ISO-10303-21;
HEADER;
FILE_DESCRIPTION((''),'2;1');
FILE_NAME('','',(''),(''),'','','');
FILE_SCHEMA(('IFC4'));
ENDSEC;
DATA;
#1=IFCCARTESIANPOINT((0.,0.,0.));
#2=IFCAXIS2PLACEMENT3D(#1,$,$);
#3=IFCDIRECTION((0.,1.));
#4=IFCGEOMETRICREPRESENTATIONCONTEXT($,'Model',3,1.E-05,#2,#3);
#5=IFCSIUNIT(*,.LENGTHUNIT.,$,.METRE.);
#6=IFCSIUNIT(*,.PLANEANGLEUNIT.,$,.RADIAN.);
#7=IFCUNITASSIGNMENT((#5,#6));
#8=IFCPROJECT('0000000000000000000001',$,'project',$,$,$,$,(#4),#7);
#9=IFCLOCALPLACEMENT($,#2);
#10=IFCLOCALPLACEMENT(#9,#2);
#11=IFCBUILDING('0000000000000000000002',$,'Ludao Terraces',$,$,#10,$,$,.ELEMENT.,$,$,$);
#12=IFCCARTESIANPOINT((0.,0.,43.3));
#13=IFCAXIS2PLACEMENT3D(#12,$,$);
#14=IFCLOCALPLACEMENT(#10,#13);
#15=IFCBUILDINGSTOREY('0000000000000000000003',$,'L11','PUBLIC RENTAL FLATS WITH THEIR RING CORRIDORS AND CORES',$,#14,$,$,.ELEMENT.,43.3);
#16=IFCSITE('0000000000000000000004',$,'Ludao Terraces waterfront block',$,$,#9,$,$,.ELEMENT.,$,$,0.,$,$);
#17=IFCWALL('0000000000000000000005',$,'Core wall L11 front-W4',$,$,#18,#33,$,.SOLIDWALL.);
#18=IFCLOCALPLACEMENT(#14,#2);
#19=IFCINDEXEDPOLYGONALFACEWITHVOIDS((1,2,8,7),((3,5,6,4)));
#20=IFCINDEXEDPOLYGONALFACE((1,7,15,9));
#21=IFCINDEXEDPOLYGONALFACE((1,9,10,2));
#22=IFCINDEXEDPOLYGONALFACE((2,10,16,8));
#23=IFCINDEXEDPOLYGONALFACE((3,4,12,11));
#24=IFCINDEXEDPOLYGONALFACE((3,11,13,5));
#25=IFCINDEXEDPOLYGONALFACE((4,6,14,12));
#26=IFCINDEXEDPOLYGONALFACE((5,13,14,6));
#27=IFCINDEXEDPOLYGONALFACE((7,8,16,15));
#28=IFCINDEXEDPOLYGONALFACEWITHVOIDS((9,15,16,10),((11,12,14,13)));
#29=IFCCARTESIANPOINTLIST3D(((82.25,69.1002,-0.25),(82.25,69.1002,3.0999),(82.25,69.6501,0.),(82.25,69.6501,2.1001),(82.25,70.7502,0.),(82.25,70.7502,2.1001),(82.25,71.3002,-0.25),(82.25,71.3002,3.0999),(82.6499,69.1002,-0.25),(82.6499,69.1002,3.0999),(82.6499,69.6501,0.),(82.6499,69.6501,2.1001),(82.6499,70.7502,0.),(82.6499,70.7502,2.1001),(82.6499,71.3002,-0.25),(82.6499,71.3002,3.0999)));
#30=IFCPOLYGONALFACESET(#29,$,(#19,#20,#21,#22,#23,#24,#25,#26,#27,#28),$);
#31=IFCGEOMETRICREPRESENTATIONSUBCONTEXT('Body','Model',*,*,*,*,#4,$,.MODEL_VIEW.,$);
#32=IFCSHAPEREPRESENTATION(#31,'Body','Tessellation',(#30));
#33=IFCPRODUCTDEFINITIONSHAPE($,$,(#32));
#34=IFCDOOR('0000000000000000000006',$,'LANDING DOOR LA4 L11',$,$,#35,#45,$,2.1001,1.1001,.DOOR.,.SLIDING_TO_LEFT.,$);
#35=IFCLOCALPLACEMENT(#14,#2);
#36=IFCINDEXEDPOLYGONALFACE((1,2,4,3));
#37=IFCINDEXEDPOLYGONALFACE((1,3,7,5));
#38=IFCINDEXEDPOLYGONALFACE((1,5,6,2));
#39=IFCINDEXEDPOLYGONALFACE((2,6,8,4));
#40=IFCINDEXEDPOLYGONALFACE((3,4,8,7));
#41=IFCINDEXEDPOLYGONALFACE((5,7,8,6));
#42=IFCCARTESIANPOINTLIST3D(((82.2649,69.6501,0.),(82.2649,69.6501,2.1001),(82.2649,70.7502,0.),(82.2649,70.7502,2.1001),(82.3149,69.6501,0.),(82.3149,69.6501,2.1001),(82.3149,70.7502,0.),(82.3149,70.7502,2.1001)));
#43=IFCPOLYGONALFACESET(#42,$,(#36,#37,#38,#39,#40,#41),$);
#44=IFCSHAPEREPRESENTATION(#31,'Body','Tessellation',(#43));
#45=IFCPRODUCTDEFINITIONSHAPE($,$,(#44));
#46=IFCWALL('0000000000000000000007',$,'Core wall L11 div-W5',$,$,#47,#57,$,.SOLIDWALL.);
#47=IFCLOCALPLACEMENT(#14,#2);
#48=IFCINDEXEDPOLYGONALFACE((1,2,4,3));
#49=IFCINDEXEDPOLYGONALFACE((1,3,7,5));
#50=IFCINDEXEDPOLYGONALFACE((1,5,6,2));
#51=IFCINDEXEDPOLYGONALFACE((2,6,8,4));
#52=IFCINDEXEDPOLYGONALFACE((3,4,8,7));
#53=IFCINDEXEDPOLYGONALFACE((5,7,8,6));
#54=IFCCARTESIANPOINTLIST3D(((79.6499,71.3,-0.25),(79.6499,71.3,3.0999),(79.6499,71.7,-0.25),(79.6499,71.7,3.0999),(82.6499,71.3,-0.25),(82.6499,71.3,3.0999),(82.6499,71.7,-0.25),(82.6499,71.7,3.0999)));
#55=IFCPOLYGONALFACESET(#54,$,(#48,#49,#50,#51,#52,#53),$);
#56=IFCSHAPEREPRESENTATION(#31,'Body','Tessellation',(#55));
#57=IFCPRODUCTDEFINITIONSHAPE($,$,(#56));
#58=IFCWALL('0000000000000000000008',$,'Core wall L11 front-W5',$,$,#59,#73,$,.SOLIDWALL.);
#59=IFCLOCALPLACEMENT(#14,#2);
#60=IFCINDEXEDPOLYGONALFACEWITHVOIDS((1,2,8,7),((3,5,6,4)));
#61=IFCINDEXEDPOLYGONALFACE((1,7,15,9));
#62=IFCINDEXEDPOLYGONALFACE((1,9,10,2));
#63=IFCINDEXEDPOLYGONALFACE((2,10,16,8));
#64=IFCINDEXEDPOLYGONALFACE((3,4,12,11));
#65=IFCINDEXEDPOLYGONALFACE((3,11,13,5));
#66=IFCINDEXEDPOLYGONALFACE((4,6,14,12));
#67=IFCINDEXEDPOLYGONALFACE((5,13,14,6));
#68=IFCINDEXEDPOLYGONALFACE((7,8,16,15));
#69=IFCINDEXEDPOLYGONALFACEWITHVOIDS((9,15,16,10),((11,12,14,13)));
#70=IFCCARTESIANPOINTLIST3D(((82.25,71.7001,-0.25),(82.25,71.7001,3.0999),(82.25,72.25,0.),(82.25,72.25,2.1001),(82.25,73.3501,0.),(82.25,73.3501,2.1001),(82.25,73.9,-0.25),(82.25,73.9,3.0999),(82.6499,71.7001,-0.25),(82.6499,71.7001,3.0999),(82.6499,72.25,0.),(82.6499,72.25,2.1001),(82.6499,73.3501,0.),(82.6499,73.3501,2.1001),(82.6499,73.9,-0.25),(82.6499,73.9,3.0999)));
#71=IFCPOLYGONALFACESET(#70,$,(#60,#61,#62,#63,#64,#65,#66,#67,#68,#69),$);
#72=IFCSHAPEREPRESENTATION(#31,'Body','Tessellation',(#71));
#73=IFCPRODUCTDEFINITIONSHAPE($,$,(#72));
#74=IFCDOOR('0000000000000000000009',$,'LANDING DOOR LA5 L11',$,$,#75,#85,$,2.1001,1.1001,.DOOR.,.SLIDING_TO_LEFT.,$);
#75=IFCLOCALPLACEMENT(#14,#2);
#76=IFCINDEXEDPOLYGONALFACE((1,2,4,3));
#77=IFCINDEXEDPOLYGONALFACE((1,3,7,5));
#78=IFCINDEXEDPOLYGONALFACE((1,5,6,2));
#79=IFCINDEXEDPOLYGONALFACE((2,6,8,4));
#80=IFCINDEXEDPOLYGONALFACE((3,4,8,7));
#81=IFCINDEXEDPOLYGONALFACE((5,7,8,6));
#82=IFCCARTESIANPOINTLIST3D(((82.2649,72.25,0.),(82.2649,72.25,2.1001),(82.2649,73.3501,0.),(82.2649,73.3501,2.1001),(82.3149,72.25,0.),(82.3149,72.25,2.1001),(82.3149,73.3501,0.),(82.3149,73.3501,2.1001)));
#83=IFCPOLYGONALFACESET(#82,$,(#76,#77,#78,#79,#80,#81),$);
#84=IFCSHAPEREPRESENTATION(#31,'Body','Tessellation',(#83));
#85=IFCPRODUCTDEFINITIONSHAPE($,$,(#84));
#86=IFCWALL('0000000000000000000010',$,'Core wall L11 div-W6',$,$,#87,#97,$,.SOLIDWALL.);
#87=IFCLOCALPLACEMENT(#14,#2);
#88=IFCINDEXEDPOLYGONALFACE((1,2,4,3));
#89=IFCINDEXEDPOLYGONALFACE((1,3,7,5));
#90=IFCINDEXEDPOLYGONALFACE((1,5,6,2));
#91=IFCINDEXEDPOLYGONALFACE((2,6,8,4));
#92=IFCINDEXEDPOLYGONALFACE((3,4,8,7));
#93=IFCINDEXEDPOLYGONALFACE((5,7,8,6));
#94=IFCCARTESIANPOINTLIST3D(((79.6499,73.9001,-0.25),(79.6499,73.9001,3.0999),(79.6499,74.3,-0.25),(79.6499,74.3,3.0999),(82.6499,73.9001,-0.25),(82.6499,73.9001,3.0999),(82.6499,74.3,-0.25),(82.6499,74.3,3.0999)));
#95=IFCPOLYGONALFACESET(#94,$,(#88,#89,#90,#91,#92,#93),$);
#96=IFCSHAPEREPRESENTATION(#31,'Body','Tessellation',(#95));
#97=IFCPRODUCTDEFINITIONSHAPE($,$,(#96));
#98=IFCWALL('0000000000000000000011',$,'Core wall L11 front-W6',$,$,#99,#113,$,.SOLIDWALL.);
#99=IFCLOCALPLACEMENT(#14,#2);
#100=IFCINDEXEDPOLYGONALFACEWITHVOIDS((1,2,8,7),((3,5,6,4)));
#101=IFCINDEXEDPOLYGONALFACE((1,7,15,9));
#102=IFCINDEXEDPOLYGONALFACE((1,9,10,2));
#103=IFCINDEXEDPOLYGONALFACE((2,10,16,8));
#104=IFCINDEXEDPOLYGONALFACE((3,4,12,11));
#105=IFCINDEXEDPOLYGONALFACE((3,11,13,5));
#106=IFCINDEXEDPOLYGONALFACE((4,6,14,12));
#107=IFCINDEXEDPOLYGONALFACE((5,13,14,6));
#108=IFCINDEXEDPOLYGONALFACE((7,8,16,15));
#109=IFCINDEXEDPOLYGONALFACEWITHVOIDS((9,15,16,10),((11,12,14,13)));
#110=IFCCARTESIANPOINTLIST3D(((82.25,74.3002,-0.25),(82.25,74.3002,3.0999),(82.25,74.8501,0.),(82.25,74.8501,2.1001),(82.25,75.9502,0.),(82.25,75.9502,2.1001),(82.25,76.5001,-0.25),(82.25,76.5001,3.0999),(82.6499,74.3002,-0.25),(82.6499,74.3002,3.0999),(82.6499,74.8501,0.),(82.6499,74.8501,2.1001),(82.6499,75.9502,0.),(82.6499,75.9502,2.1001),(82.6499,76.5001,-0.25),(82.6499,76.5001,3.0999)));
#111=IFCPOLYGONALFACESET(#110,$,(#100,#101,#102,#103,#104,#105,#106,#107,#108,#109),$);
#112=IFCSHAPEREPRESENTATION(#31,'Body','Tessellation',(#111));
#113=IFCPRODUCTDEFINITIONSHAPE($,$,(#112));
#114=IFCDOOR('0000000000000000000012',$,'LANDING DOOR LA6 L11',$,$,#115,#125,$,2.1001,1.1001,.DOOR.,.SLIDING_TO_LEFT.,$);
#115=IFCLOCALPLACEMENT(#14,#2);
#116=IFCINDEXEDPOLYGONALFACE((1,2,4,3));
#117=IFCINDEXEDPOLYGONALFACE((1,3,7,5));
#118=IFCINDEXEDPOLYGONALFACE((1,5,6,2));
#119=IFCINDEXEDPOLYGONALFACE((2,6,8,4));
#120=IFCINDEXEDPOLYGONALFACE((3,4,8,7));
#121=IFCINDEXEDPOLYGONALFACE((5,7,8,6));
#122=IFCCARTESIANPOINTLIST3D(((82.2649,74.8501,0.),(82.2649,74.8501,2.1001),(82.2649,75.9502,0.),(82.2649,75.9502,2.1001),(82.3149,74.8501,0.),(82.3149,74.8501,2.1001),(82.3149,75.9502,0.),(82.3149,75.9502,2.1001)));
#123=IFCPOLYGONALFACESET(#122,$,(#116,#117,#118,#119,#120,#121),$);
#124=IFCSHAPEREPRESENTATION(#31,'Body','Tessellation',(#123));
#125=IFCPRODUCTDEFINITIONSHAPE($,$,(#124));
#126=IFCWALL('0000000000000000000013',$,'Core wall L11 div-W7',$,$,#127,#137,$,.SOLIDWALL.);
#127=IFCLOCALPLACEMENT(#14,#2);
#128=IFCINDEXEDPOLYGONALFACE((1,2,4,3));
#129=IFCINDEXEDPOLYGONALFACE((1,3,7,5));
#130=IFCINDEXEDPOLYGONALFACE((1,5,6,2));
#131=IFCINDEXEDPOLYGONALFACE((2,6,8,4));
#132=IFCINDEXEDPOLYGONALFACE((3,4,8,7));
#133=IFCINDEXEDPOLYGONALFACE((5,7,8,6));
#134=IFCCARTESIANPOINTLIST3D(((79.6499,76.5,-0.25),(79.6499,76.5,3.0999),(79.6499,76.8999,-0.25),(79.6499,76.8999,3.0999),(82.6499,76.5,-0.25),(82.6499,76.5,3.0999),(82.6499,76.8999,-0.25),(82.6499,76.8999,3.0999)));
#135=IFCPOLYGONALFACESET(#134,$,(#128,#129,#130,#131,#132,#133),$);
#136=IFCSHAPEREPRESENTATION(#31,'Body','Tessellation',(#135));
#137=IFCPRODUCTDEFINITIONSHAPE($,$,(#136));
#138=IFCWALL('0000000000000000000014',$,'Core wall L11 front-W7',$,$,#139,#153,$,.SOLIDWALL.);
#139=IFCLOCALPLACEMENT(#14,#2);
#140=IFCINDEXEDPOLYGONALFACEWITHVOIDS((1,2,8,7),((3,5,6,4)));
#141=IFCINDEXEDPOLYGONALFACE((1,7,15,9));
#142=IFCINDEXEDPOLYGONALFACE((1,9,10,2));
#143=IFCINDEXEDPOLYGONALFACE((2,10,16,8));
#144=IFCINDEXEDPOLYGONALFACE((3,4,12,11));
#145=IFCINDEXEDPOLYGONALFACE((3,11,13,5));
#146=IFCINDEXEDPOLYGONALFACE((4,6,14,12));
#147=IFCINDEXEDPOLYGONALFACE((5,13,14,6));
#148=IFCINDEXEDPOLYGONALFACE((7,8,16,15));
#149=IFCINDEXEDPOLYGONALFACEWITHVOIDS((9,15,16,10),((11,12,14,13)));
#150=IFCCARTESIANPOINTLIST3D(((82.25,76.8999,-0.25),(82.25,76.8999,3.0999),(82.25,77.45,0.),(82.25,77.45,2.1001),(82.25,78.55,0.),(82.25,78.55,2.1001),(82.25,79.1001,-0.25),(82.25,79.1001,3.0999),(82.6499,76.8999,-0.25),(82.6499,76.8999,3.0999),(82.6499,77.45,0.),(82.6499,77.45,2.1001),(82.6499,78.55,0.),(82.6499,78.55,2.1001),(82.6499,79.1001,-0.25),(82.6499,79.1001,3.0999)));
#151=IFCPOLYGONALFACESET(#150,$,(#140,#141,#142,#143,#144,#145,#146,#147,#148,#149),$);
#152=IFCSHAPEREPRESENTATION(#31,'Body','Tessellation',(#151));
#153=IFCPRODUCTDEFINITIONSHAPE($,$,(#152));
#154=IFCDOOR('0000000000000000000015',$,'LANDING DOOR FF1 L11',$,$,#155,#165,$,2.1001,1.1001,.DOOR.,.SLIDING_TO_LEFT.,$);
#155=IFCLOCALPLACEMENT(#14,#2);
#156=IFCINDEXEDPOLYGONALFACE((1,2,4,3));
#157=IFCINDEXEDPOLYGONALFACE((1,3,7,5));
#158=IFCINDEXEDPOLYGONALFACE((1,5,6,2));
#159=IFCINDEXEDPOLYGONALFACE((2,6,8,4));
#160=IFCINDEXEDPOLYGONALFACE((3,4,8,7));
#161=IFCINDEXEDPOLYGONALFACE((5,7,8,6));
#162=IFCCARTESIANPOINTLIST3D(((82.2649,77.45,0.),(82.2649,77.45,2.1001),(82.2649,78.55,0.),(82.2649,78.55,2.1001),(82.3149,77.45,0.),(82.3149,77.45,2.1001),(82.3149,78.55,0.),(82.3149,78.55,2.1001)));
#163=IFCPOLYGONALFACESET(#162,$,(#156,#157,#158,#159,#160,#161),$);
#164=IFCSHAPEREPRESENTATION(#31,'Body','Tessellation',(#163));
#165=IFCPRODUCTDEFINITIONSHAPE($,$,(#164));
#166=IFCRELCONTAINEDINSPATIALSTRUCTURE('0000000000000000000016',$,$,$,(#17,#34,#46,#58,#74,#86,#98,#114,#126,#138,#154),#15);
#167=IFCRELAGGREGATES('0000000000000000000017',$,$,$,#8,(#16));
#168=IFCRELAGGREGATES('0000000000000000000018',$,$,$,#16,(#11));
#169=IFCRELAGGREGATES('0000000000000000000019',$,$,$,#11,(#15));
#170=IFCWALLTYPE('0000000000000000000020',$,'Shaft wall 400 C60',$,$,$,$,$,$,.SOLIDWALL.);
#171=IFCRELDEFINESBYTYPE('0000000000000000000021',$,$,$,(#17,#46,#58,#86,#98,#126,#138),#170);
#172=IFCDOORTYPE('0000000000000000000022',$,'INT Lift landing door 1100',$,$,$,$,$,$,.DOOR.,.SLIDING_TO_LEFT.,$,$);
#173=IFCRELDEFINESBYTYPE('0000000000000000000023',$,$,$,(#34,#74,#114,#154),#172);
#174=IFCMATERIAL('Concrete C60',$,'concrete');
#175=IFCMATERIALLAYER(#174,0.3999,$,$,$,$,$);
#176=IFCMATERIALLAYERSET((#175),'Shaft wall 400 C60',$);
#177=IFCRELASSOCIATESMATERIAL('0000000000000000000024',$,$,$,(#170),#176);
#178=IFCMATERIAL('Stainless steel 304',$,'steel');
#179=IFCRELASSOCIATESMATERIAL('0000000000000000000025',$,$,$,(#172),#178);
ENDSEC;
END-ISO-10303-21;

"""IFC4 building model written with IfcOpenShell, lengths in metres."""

from ifc_helpers import new_model, si_unit, direction, frame, frame_2d, origin, place, context, subcontext, project, spatial, rectangle, extrude, material, layer, layer_set, type_object, element, fill, save


model = new_model("IFC4")

# Units and contexts
model_context = context("Model", 3, precision=1e-05, world=origin(), true_north=direction((0.0, 1.0)))
body_context = subcontext(model_context, "Body", "Model", "MODEL_VIEW")
ifc_project = project(units=[si_unit("LENGTHUNIT", "METRE"), si_unit("PLANEANGLEUNIT", "RADIAN")], contexts=[model_context])

# Site, building, storey
site_placement = place(None, origin())
site = spatial("IfcSite", under=ifc_project, at=site_placement, Name="Ludao Terraces waterfront block", CompositionType="ELEMENT", RefElevation=0.0)
building_placement = place(site_placement, origin())
building = spatial("IfcBuilding", under=site, at=building_placement, Name="Ludao Terraces", CompositionType="ELEMENT")
storey_placement = place(building_placement, frame((0.0, 0.0, 43.3)))
storey = spatial("IfcBuildingStorey", under=building, at=storey_placement, Name="L11", Description="PUBLIC RENTAL FLATS WITH THEIR RING CORRIDORS AND CORES", CompositionType="ELEMENT", Elevation=43.3)

# Shared definitions
ifc_material_1 = material(Name="Concrete C60", Category="concrete")
ifc_layer_1 = layer(ifc_material_1, 0.3999)
ifc_layer_set_1 = layer_set([ifc_layer_1], Name="Shaft wall 400 C60")
wall_type_1 = type_object("IfcWallType", Name="Shaft wall 400 C60", PredefinedType="SOLIDWALL", material=ifc_layer_set_1)
ifc_material_2 = material(Name="Stainless steel 304", Category="steel")
door_type_1 = type_object("IfcDoorType", Name="INT Lift landing door 1100", OperationType="SLIDING_TO_LEFT", PredefinedType="DOOR", material=ifc_material_2)

# Wall, opening, door
wall_1_placement = place(storey_placement, frame((82.45, 69.1001, -0.25), z_axis=(0.0, 0.0, 1.0), x_axis=(0.0, 1.0, 0.0)))
wall_1 = element("IfcWall", 1, at=wall_1_placement, inside=storey, type_object=wall_type_1, Name="Core wall L11 front-W4", PredefinedType="SOLIDWALL", context=body_context, shape_type="SweptSolid", body=[
    extrude(rectangle(XDim=2.2, YDim=0.3999, at=frame_2d((1.1001, 0.0))), origin(), (0.0, 0.0, 1.0), 3.3499),
])
opening_1_placement = place(wall_1_placement, frame((0.55, 0.0, 0.25)))
opening_1 = element("IfcOpeningElement", 2, at=opening_1_placement, cuts=wall_1, PredefinedType="OPENING", context=body_context, shape_type="SweptSolid", body=[
    extrude(rectangle(XDim=1.1001, YDim=2.1001, at=frame_2d((0.55, 1.05))), frame((0.0, 0.21, 0.0), z_axis=(0.0, -1.0, 0.0), x_axis=(1.0, 0.0, 0.0)), (0.0, 0.0, 1.0), 0.4199),
])
door_1_placement = place(opening_1_placement, origin())
door_1 = element("IfcDoor", 3, at=door_1_placement, inside=storey, type_object=door_type_1, Name="LANDING DOOR LA4 L11", OperationType="SLIDING_TO_LEFT", OverallHeight=2.1001, OverallWidth=1.1001, PredefinedType="DOOR", context=body_context, shape_type="SweptSolid", body=[
    extrude(rectangle(XDim=1.1001, YDim=2.1001, at=frame_2d((0.55, 1.05))), frame((0.0, 0.1851, 0.0), z_axis=(0.0, -1.0, 0.0), x_axis=(1.0, 0.0, 0.0)), (0.0, 0.0, 1.0), 0.05),
])
fill(opening_1, door_1)

# Wall
wall_2_placement = place(storey_placement, frame((79.6499, 71.5, -0.25), z_axis=(0.0, 0.0, 1.0), x_axis=(1.0, 0.0, 0.0)))
element("IfcWall", 4, at=wall_2_placement, inside=storey, type_object=wall_type_1, Name="Core wall L11 div-W5", PredefinedType="SOLIDWALL", context=body_context, shape_type="SweptSolid", body=[
    extrude(rectangle(XDim=3.0, YDim=0.3999, at=frame_2d((1.5, 0.0))), origin(), (0.0, 0.0, 1.0), 3.3499),
])

# Wall, opening, door
wall_3_placement = place(storey_placement, frame((82.45, 71.7, -0.25), z_axis=(0.0, 0.0, 1.0), x_axis=(0.0, 1.0, 0.0)))
wall_3 = element("IfcWall", 5, at=wall_3_placement, inside=storey, type_object=wall_type_1, Name="Core wall L11 front-W5", PredefinedType="SOLIDWALL", context=body_context, shape_type="SweptSolid", body=[
    extrude(rectangle(XDim=2.2, YDim=0.3999, at=frame_2d((1.1001, 0.0))), origin(), (0.0, 0.0, 1.0), 3.3499),
])
opening_2_placement = place(wall_3_placement, frame((0.55, 0.0, 0.25)))
opening_2 = element("IfcOpeningElement", 6, at=opening_2_placement, cuts=wall_3, PredefinedType="OPENING", context=body_context, shape_type="SweptSolid", body=[
    extrude(rectangle(XDim=1.1001, YDim=2.1001, at=frame_2d((0.55, 1.05))), frame((0.0, 0.21, 0.0), z_axis=(0.0, -1.0, 0.0), x_axis=(1.0, 0.0, 0.0)), (0.0, 0.0, 1.0), 0.4199),
])
door_2_placement = place(opening_2_placement, origin())
door_2 = element("IfcDoor", 7, at=door_2_placement, inside=storey, type_object=door_type_1, Name="LANDING DOOR LA5 L11", OperationType="SLIDING_TO_LEFT", OverallHeight=2.1001, OverallWidth=1.1001, PredefinedType="DOOR", context=body_context, shape_type="SweptSolid", body=[
    extrude(rectangle(XDim=1.1001, YDim=2.1001, at=frame_2d((0.55, 1.05))), frame((0.0, 0.1851, 0.0), z_axis=(0.0, -1.0, 0.0), x_axis=(1.0, 0.0, 0.0)), (0.0, 0.0, 1.0), 0.05),
])
fill(opening_2, door_2)

# Wall
wall_4_placement = place(storey_placement, frame((79.6499, 74.1001, -0.25), z_axis=(0.0, 0.0, 1.0), x_axis=(1.0, 0.0, 0.0)))
element("IfcWall", 8, at=wall_4_placement, inside=storey, type_object=wall_type_1, Name="Core wall L11 div-W6", PredefinedType="SOLIDWALL", context=body_context, shape_type="SweptSolid", body=[
    extrude(rectangle(XDim=3.0, YDim=0.3999, at=frame_2d((1.5, 0.0))), origin(), (0.0, 0.0, 1.0), 3.3499),
])

# Wall, opening, door
wall_5_placement = place(storey_placement, frame((82.45, 74.3, -0.25), z_axis=(0.0, 0.0, 1.0), x_axis=(0.0, 1.0, 0.0)))
wall_5 = element("IfcWall", 9, at=wall_5_placement, inside=storey, type_object=wall_type_1, Name="Core wall L11 front-W6", PredefinedType="SOLIDWALL", context=body_context, shape_type="SweptSolid", body=[
    extrude(rectangle(XDim=2.2, YDim=0.3999, at=frame_2d((1.1001, 0.0))), origin(), (0.0, 0.0, 1.0), 3.3499),
])
opening_3_placement = place(wall_5_placement, frame((0.55, 0.0, 0.25)))
opening_3 = element("IfcOpeningElement", 10, at=opening_3_placement, cuts=wall_5, PredefinedType="OPENING", context=body_context, shape_type="SweptSolid", body=[
    extrude(rectangle(XDim=1.1001, YDim=2.1001, at=frame_2d((0.55, 1.05))), frame((0.0, 0.21, 0.0), z_axis=(0.0, -1.0, 0.0), x_axis=(1.0, 0.0, 0.0)), (0.0, 0.0, 1.0), 0.4199),
])
door_3_placement = place(opening_3_placement, origin())
door_3 = element("IfcDoor", 11, at=door_3_placement, inside=storey, type_object=door_type_1, Name="LANDING DOOR LA6 L11", OperationType="SLIDING_TO_LEFT", OverallHeight=2.1001, OverallWidth=1.1001, PredefinedType="DOOR", context=body_context, shape_type="SweptSolid", body=[
    extrude(rectangle(XDim=1.1001, YDim=2.1001, at=frame_2d((0.55, 1.05))), frame((0.0, 0.1851, 0.0), z_axis=(0.0, -1.0, 0.0), x_axis=(1.0, 0.0, 0.0)), (0.0, 0.0, 1.0), 0.05),
])
fill(opening_3, door_3)

# Wall
wall_6_placement = place(storey_placement, frame((79.6499, 76.7, -0.25), z_axis=(0.0, 0.0, 1.0), x_axis=(1.0, 0.0, 0.0)))
element("IfcWall", 12, at=wall_6_placement, inside=storey, type_object=wall_type_1, Name="Core wall L11 div-W7", PredefinedType="SOLIDWALL", context=body_context, shape_type="SweptSolid", body=[
    extrude(rectangle(XDim=3.0, YDim=0.3999, at=frame_2d((1.5, 0.0))), origin(), (0.0, 0.0, 1.0), 3.3499),
])

# Wall, opening, door
wall_7_placement = place(storey_placement, frame((82.45, 76.8999, -0.25), z_axis=(0.0, 0.0, 1.0), x_axis=(0.0, 1.0, 0.0)))
wall_7 = element("IfcWall", 13, at=wall_7_placement, inside=storey, type_object=wall_type_1, Name="Core wall L11 front-W7", PredefinedType="SOLIDWALL", context=body_context, shape_type="SweptSolid", body=[
    extrude(rectangle(XDim=2.2002, YDim=0.3999, at=frame_2d((1.1001, 0.0))), origin(), (0.0, 0.0, 1.0), 3.3499),
])
opening_4_placement = place(wall_7_placement, frame((0.55, 0.0, 0.25)))
opening_4 = element("IfcOpeningElement", 14, at=opening_4_placement, cuts=wall_7, PredefinedType="OPENING", context=body_context, shape_type="SweptSolid", body=[
    extrude(rectangle(XDim=1.1001, YDim=2.1001, at=frame_2d((0.55, 1.05))), frame((0.0, 0.21, 0.0), z_axis=(0.0, -1.0, 0.0), x_axis=(1.0, 0.0, 0.0)), (0.0, 0.0, 1.0), 0.4199),
])
door_4_placement = place(opening_4_placement, origin())
door_4 = element("IfcDoor", 15, at=door_4_placement, inside=storey, type_object=door_type_1, Name="LANDING DOOR FF1 L11", OperationType="SLIDING_TO_LEFT", OverallHeight=2.1001, OverallWidth=1.1001, PredefinedType="DOOR", context=body_context, shape_type="SweptSolid", body=[
    extrude(rectangle(XDim=1.1001, YDim=2.1001, at=frame_2d((0.55, 1.05))), frame((0.0, 0.1851, 0.0), z_axis=(0.0, -1.0, 0.0), x_axis=(1.0, 0.0, 0.0)), (0.0, 0.0, 1.0), 0.05),
])
fill(opening_4, door_4)

save(model, "model.ifc")
